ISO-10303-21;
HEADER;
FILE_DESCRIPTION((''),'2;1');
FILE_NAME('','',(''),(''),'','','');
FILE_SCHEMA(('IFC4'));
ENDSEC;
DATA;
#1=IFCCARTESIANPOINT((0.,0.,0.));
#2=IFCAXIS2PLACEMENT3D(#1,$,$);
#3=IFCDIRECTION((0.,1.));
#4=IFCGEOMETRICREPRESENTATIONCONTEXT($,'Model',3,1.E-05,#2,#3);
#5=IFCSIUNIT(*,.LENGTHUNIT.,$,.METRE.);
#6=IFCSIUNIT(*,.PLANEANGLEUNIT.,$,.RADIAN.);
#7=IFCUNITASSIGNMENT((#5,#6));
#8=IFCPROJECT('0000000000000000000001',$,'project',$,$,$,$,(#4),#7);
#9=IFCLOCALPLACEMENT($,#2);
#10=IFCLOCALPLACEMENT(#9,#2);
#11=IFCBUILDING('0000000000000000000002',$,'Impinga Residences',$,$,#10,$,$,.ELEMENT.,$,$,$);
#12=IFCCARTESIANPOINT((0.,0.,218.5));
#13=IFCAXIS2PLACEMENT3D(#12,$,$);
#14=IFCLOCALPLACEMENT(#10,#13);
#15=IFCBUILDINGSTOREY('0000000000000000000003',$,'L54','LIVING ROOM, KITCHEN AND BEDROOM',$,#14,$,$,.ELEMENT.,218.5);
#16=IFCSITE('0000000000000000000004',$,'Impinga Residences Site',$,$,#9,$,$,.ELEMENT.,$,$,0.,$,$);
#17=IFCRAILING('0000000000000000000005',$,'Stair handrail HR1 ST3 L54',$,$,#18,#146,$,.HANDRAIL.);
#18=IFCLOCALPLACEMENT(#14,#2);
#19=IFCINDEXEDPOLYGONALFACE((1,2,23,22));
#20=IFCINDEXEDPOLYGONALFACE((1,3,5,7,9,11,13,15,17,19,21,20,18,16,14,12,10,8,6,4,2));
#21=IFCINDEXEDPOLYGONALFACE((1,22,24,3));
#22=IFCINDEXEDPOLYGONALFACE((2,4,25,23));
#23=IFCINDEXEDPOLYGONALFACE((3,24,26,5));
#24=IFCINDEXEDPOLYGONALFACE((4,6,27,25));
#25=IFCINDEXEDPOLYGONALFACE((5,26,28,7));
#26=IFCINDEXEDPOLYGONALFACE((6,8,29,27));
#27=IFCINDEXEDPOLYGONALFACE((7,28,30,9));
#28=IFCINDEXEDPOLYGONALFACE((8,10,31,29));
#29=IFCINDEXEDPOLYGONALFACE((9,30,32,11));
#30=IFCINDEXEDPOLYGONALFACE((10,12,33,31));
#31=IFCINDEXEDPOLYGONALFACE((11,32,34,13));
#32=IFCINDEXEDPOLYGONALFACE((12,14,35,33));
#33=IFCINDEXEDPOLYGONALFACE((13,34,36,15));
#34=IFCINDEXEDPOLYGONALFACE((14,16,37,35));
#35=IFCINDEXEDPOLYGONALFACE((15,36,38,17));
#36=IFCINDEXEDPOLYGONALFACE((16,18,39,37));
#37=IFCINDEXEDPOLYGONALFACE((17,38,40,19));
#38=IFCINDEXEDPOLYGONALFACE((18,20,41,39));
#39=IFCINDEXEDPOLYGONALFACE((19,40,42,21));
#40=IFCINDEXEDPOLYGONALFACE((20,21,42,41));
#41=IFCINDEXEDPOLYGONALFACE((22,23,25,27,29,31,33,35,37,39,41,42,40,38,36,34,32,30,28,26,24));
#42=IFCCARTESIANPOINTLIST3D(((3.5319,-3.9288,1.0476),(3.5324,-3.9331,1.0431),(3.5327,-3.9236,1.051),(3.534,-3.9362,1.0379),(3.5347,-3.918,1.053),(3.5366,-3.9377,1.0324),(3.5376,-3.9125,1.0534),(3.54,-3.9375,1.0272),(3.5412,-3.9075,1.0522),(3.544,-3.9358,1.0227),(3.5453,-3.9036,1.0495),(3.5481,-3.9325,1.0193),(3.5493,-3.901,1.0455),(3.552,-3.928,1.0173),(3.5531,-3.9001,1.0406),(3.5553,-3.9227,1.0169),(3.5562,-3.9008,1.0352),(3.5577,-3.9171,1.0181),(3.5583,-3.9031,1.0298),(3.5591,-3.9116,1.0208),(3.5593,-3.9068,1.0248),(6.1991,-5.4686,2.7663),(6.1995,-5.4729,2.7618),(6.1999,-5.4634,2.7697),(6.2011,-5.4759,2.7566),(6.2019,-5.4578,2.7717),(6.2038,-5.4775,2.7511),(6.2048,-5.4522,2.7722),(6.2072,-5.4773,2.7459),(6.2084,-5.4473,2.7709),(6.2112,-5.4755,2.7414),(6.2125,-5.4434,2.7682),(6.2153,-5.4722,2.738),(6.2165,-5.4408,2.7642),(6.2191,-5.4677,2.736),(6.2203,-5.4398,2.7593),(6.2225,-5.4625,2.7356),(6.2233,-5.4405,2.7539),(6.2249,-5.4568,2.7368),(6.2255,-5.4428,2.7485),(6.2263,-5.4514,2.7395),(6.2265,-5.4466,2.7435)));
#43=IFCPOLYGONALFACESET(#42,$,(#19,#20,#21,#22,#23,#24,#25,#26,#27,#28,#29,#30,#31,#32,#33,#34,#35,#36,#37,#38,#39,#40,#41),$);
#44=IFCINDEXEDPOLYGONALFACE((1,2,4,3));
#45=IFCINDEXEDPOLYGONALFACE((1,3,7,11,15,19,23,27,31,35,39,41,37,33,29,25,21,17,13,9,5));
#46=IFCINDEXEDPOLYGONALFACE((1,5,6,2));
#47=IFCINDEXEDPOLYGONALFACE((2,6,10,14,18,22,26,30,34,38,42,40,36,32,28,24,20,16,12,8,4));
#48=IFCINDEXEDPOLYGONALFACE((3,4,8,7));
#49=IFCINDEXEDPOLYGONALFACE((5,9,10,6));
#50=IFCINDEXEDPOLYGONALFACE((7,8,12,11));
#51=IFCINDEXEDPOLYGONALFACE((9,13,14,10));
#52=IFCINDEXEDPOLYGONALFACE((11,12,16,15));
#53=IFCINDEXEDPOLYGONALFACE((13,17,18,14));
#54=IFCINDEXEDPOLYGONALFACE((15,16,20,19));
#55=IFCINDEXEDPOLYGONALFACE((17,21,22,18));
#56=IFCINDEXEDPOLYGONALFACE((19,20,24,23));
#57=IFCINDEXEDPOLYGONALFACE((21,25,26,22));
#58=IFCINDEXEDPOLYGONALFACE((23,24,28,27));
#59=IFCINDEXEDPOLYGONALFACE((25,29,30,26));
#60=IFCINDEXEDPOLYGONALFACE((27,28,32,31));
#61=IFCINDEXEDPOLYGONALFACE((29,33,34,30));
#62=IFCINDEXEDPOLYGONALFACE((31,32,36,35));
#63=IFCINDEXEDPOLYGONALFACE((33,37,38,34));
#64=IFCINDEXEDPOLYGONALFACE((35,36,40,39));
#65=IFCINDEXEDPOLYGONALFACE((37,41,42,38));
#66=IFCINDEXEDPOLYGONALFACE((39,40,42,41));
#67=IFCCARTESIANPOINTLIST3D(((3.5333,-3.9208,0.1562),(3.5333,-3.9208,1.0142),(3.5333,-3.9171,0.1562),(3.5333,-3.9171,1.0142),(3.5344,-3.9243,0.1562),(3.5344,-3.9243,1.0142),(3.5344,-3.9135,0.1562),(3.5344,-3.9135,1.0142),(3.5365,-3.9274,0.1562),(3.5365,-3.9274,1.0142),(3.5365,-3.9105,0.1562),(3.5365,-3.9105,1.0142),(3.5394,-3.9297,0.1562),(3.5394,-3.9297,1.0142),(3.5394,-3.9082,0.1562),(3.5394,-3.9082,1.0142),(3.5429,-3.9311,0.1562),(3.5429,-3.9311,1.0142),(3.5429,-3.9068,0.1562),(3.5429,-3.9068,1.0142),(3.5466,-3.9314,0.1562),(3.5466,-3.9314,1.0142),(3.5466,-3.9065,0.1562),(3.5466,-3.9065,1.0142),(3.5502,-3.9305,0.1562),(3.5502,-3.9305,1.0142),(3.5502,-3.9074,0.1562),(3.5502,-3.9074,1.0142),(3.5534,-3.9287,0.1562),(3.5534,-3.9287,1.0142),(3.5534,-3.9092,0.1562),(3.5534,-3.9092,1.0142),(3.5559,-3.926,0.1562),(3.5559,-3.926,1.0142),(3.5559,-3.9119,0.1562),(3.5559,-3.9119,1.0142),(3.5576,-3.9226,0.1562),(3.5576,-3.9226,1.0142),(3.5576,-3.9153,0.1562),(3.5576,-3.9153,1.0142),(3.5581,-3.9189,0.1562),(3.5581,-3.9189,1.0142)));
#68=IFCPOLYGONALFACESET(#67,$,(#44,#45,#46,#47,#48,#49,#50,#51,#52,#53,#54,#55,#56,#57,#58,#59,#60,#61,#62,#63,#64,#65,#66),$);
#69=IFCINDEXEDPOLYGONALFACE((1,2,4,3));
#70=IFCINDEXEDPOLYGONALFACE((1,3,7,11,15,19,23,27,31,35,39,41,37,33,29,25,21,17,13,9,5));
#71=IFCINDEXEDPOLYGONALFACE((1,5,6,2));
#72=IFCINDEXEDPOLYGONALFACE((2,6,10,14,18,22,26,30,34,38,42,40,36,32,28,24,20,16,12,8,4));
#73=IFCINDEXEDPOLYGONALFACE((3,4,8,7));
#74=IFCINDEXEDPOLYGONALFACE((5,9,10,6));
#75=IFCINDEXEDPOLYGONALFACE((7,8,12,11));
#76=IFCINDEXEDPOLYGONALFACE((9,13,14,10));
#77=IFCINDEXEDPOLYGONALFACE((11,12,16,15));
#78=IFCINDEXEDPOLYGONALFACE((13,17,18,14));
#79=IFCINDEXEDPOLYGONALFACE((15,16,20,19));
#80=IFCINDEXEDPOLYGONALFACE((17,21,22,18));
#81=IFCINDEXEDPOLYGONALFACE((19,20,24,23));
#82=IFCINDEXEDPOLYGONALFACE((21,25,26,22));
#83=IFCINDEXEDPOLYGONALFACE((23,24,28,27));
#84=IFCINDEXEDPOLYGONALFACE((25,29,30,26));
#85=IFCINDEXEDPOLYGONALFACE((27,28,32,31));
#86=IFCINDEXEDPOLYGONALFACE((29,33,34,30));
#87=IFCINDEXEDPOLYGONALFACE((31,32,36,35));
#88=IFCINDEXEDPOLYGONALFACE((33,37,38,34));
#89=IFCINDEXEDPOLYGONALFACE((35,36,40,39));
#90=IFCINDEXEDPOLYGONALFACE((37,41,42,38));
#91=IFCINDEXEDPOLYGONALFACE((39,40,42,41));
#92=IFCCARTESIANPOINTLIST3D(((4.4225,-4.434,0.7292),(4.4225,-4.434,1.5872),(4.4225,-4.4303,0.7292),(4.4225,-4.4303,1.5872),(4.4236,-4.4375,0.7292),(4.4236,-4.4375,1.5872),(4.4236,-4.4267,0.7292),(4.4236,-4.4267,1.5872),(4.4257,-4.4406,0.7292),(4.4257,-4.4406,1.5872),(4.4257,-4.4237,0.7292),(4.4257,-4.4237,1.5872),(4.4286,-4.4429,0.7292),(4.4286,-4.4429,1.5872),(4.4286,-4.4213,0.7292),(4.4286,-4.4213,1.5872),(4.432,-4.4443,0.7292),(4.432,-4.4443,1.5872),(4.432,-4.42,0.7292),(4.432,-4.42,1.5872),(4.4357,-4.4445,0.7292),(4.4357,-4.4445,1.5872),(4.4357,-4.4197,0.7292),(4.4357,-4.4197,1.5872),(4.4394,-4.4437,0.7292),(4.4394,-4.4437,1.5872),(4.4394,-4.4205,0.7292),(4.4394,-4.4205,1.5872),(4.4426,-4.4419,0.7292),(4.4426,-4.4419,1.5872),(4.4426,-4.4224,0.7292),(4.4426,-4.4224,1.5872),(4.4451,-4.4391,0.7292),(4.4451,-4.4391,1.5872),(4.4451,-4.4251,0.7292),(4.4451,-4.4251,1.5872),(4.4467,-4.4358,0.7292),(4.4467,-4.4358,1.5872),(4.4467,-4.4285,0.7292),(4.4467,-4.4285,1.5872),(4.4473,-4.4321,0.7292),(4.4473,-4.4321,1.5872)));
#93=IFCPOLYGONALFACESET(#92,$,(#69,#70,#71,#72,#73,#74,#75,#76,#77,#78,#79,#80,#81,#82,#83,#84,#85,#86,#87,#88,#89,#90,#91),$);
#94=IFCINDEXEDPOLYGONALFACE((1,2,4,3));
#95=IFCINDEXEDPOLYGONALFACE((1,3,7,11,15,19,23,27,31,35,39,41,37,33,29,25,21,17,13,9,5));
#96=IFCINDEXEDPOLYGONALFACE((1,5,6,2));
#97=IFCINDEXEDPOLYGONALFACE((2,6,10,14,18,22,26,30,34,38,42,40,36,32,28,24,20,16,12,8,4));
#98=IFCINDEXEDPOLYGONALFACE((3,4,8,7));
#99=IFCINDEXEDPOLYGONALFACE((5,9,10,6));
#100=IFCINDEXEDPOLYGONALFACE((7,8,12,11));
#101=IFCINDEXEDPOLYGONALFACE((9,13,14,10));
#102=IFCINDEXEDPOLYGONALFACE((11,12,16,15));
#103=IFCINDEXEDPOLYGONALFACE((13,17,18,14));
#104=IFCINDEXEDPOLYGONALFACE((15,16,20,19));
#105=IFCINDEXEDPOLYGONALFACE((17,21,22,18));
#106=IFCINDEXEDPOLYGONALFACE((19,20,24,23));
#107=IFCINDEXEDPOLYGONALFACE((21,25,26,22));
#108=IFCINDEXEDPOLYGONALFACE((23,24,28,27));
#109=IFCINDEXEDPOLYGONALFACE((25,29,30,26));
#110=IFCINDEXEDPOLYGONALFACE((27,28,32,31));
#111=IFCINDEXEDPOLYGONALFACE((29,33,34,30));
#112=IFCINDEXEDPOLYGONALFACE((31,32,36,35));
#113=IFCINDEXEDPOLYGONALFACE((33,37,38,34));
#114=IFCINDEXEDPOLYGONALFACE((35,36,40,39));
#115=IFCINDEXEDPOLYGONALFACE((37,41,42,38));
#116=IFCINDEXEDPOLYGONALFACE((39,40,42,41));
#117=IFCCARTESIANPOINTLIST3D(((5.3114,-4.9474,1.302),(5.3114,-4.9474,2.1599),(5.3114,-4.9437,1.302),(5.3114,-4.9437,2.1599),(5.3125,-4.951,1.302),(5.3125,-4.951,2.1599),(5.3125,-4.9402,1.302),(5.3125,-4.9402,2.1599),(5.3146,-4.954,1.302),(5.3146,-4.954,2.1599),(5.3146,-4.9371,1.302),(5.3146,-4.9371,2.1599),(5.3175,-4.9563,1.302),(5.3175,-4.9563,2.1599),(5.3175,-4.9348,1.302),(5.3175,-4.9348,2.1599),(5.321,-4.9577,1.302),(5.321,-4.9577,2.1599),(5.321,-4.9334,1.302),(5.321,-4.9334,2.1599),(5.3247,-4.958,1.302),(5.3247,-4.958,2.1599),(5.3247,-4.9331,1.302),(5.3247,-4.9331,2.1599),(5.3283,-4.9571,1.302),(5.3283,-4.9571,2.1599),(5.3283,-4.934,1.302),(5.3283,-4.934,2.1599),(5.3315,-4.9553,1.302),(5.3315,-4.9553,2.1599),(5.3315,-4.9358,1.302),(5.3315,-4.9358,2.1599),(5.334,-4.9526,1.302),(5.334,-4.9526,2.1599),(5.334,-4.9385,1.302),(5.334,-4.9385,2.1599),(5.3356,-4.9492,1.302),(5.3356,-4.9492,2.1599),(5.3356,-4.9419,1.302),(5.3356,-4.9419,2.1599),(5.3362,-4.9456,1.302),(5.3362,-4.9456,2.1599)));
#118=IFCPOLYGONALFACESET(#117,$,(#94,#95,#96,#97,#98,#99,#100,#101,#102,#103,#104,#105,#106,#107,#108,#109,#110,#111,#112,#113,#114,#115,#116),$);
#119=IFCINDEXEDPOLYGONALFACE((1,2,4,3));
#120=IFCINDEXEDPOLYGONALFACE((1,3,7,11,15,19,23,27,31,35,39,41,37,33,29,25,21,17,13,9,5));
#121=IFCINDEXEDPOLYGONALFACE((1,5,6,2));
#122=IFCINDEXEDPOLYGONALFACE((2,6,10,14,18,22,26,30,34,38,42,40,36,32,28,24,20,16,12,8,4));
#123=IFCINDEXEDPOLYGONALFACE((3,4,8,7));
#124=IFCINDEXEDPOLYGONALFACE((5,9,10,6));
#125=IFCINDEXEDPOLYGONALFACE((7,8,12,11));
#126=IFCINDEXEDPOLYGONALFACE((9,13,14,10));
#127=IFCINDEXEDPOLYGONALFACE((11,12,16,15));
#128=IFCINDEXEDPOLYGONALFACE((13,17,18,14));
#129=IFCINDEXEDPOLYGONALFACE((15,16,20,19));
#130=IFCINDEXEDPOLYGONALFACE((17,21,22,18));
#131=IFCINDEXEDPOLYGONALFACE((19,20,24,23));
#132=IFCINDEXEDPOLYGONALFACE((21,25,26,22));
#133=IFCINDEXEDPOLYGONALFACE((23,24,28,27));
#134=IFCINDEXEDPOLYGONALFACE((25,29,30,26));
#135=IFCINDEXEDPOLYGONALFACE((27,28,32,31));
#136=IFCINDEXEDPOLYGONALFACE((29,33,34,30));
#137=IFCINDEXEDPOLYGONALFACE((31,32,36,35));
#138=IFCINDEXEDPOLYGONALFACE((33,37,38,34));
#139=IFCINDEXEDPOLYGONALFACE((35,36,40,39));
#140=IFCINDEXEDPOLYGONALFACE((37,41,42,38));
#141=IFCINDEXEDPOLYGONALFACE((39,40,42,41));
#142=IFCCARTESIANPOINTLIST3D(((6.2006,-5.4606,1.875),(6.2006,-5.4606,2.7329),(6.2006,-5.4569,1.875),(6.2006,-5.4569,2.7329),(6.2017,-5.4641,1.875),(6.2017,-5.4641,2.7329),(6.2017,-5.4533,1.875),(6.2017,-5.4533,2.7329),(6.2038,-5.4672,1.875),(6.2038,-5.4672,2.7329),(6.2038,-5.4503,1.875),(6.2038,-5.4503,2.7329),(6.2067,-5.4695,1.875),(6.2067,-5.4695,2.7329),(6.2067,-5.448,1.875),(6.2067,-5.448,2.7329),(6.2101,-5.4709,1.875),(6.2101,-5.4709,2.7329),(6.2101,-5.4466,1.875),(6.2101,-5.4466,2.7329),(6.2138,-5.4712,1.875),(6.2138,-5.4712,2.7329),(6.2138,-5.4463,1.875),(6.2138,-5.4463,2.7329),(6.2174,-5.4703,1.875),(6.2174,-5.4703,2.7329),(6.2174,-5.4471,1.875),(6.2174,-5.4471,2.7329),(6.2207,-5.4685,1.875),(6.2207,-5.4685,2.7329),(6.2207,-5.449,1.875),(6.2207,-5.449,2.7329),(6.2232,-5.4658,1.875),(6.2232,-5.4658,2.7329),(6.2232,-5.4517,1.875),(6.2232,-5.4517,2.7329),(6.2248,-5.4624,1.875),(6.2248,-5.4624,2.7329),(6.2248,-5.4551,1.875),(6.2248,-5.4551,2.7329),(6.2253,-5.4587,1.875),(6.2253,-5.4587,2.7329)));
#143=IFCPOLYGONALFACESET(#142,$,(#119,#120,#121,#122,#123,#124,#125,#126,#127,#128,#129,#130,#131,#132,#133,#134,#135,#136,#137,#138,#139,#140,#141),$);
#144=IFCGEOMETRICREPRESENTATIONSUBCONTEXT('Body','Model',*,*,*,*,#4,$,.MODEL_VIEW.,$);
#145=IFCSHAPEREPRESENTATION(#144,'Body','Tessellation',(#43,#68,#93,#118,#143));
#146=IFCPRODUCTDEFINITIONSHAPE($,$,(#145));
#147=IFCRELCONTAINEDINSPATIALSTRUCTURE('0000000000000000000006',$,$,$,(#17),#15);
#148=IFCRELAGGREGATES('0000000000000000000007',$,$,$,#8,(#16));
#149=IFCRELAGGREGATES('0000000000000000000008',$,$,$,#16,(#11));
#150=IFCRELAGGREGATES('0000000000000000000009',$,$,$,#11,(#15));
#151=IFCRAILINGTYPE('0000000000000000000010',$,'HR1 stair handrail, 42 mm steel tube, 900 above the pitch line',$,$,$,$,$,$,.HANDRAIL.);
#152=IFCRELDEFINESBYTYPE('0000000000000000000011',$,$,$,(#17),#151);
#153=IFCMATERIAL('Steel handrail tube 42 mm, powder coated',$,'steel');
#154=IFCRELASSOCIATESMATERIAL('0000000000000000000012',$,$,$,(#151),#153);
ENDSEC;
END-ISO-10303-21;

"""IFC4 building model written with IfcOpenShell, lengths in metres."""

from ifc_helpers import new_model, si_unit, direction, frame, origin, origin_2d, place, context, subcontext, project, spatial, circle, extrude, material, type_object, element, save


model = new_model("IFC4")

# Units and contexts
model_context = context("Model", 3, precision=1e-05, world=origin(), true_north=direction((0.0, 1.0)))
body_context = subcontext(model_context, "Body", "Model", "MODEL_VIEW")
ifc_project = project(units=[si_unit("LENGTHUNIT", "METRE"), si_unit("PLANEANGLEUNIT", "RADIAN")], contexts=[model_context])

# Site, building, storey
site_placement = place(None, origin())
site = spatial("IfcSite", under=ifc_project, at=site_placement, Name="Impinga Residences Site", CompositionType="ELEMENT", RefElevation=0.0)
building_placement = place(site_placement, origin())
building = spatial("IfcBuilding", under=site, at=building_placement, Name="Impinga Residences", CompositionType="ELEMENT")
storey_placement = place(building_placement, frame((0.0, 0.0, 218.5)))
storey = spatial("IfcBuildingStorey", under=building, at=storey_placement, Name="L54", Description="LIVING ROOM, KITCHEN AND BEDROOM", CompositionType="ELEMENT", Elevation=218.5)

# Railing
ifc_material_1 = material(Name="Steel handrail tube 42 mm, powder coated", Category="steel")
railing_type = type_object("IfcRailingType", Name="HR1 stair handrail, 42 mm steel tube, 900 above the pitch line", PredefinedType="HANDRAIL", material=ifc_material_1)
railing_1_placement = place(storey_placement, frame((3.5457, -3.9189, 0.1562)))
element("IfcRailing", 1, at=railing_1_placement, inside=storey, type_object=railing_type, Name="Stair handrail HR1 ST3 L54", PredefinedType="HANDRAIL", context=body_context, shape_type="SweptSolid", body=[
    extrude(circle(Radius=0.021, at=origin_2d()), frame((0.0, 0.0, 0.8789), z_axis=(0.756249, -0.436582, 0.487322), x_axis=(0.499967, 0.866044, 0.0)), (0.0, 0.0, 1.0), 3.5269),
    extrude(circle(Radius=0.0125, at=origin_2d()), origin(), (0.0, 0.0, 1.0), 0.8579),
    extrude(circle(Radius=0.0125, at=origin_2d()), frame((0.8892, -0.5132, 0.573)), (0.0, 0.0, 1.0), 0.8579),
    extrude(circle(Radius=0.0125, at=origin_2d()), frame((1.7781, -1.0266, 1.1458)), (0.0, 0.0, 1.0), 0.8579),
    extrude(circle(Radius=0.0125, at=origin_2d()), frame((2.6672, -1.5398, 1.7188)), (0.0, 0.0, 1.0), 0.8579),
])

save(model, "model.ifc")
